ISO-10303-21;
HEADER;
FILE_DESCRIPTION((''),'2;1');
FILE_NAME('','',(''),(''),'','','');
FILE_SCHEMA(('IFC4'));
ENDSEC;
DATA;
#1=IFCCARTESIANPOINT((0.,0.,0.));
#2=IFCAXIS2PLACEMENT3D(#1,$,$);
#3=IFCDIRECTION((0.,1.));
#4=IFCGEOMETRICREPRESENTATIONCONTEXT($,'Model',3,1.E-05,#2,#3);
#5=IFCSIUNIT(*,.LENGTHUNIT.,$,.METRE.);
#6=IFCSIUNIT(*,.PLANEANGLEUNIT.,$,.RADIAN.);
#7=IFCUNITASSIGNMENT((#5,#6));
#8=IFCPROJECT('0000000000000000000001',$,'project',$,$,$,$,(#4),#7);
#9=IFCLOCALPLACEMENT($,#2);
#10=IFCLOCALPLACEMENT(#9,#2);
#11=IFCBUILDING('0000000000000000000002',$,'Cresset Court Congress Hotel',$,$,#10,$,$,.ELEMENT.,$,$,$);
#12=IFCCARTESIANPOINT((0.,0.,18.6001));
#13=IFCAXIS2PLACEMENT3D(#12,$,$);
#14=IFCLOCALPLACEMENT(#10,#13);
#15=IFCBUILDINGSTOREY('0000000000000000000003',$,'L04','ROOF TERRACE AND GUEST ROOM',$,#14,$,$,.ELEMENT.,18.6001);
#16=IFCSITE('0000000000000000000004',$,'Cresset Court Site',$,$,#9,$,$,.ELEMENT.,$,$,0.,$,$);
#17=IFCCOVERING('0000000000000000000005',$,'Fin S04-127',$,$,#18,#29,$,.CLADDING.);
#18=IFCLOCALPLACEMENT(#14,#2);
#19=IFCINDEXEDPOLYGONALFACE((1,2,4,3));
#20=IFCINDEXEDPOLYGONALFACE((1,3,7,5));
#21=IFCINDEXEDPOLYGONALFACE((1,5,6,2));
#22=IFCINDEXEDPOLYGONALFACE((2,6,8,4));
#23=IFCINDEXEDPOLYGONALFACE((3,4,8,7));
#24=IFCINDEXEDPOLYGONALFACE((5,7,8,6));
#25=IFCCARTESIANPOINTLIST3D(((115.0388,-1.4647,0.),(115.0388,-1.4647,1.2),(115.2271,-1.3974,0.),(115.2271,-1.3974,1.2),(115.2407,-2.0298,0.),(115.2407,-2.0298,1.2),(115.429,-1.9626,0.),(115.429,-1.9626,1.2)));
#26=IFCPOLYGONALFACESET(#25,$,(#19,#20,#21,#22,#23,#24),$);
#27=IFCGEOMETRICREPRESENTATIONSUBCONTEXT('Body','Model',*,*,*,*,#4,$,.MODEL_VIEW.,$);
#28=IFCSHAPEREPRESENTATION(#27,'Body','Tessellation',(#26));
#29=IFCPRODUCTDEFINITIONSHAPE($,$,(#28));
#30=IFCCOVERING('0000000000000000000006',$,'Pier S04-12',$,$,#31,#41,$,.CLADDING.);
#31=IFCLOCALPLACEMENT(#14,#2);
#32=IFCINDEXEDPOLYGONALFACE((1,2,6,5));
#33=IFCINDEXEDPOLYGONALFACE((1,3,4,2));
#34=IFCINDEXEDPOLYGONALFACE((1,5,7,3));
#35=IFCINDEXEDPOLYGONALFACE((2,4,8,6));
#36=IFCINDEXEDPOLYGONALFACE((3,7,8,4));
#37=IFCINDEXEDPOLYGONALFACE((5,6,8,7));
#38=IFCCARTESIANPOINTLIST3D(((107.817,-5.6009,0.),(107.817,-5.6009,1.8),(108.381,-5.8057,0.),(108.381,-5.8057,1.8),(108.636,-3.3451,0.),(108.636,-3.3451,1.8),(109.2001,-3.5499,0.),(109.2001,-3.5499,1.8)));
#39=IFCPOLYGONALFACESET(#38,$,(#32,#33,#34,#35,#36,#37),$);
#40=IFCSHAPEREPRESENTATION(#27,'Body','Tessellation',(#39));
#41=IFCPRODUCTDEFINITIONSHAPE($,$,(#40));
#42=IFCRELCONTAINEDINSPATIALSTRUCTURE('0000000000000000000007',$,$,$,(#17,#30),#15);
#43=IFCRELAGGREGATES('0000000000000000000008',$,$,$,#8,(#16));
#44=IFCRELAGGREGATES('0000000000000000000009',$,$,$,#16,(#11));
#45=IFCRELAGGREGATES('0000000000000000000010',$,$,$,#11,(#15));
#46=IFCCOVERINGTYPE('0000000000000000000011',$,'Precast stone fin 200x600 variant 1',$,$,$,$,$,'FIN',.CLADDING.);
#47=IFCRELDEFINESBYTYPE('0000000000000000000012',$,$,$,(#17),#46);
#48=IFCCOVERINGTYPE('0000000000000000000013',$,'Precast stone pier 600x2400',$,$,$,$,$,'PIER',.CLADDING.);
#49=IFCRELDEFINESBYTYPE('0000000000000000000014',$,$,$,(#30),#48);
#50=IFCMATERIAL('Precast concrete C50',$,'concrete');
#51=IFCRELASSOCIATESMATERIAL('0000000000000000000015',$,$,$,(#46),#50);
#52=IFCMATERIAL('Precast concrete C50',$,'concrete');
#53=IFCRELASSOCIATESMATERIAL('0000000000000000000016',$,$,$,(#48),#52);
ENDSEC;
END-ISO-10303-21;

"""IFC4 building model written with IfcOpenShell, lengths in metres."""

from ifc_helpers import new_model, si_unit, direction, frame, origin, origin_2d, place, context, subcontext, project, spatial, rectangle, extrude, material, type_object, element, save


model = new_model("IFC4")

# Units and contexts
model_context = context("Model", 3, precision=1e-05, world=origin(), true_north=direction((0.0, 1.0)))
body_context = subcontext(model_context, "Body", "Model", "MODEL_VIEW")
ifc_project = project(units=[si_unit("LENGTHUNIT", "METRE"), si_unit("PLANEANGLEUNIT", "RADIAN")], contexts=[model_context])

# Site, building, storey
site_placement = place(None, origin())
site = spatial("IfcSite", under=ifc_project, at=site_placement, Name="Cresset Court Site", CompositionType="ELEMENT", RefElevation=0.0)
building_placement = place(site_placement, origin())
building = spatial("IfcBuilding", under=site, at=building_placement, Name="Cresset Court Congress Hotel", CompositionType="ELEMENT")
storey_placement = place(building_placement, frame((0.0, 0.0, 18.6001)))
storey = spatial("IfcBuildingStorey", under=building, at=storey_placement, Name="L04", Description="ROOF TERRACE AND GUEST ROOM", CompositionType="ELEMENT", Elevation=18.6001)

# Coverings
ifc_material_1 = material(Name="Precast concrete C50", Category="concrete")
covering_type_1 = type_object("IfcCoveringType", Name="Precast stone fin 200x600 variant 1", ElementType="FIN", PredefinedType="CLADDING", material=ifc_material_1)
for number, where, z_axis, x_axis, name in (
    (1, (115.2339, -1.7136, 0.0), (0.0, 0.0, 1.0), (0.941742, 0.336336, 0.0), "Fin S04-127"),
):
    element("IfcCovering", number, at=place(storey_placement, frame(where, z_axis=z_axis, x_axis=x_axis)), inside=storey, type_object=covering_type_1, Name=name, PredefinedType="CLADDING", context=body_context, shape_type="SweptSolid", body=[
        extrude(rectangle(XDim=0.2, YDim=0.6001, at=origin_2d()), origin(), (0.0, 0.0, 1.0), 1.2),
    ])
ifc_material_2 = material(Name="Precast concrete C50", Category="concrete")
covering_type_2 = type_object("IfcCoveringType", Name="Precast stone pier 600x2400", ElementType="PIER", PredefinedType="CLADDING", material=ifc_material_2)
covering_1_placement = place(storey_placement, frame((108.5085, -4.5754, 0.0), z_axis=(0.0, 0.0, 1.0), x_axis=(0.939957, -0.341293, 0.0)))
element("IfcCovering", 2, at=covering_1_placement, inside=storey, type_object=covering_type_2, Name="Pier S04-12", PredefinedType="CLADDING", context=body_context, shape_type="SweptSolid", body=[
    extrude(rectangle(XDim=0.6001, YDim=2.3999, at=origin_2d()), origin(), (0.0, 0.0, 1.0), 1.8),
])

save(model, "model.ifc")
